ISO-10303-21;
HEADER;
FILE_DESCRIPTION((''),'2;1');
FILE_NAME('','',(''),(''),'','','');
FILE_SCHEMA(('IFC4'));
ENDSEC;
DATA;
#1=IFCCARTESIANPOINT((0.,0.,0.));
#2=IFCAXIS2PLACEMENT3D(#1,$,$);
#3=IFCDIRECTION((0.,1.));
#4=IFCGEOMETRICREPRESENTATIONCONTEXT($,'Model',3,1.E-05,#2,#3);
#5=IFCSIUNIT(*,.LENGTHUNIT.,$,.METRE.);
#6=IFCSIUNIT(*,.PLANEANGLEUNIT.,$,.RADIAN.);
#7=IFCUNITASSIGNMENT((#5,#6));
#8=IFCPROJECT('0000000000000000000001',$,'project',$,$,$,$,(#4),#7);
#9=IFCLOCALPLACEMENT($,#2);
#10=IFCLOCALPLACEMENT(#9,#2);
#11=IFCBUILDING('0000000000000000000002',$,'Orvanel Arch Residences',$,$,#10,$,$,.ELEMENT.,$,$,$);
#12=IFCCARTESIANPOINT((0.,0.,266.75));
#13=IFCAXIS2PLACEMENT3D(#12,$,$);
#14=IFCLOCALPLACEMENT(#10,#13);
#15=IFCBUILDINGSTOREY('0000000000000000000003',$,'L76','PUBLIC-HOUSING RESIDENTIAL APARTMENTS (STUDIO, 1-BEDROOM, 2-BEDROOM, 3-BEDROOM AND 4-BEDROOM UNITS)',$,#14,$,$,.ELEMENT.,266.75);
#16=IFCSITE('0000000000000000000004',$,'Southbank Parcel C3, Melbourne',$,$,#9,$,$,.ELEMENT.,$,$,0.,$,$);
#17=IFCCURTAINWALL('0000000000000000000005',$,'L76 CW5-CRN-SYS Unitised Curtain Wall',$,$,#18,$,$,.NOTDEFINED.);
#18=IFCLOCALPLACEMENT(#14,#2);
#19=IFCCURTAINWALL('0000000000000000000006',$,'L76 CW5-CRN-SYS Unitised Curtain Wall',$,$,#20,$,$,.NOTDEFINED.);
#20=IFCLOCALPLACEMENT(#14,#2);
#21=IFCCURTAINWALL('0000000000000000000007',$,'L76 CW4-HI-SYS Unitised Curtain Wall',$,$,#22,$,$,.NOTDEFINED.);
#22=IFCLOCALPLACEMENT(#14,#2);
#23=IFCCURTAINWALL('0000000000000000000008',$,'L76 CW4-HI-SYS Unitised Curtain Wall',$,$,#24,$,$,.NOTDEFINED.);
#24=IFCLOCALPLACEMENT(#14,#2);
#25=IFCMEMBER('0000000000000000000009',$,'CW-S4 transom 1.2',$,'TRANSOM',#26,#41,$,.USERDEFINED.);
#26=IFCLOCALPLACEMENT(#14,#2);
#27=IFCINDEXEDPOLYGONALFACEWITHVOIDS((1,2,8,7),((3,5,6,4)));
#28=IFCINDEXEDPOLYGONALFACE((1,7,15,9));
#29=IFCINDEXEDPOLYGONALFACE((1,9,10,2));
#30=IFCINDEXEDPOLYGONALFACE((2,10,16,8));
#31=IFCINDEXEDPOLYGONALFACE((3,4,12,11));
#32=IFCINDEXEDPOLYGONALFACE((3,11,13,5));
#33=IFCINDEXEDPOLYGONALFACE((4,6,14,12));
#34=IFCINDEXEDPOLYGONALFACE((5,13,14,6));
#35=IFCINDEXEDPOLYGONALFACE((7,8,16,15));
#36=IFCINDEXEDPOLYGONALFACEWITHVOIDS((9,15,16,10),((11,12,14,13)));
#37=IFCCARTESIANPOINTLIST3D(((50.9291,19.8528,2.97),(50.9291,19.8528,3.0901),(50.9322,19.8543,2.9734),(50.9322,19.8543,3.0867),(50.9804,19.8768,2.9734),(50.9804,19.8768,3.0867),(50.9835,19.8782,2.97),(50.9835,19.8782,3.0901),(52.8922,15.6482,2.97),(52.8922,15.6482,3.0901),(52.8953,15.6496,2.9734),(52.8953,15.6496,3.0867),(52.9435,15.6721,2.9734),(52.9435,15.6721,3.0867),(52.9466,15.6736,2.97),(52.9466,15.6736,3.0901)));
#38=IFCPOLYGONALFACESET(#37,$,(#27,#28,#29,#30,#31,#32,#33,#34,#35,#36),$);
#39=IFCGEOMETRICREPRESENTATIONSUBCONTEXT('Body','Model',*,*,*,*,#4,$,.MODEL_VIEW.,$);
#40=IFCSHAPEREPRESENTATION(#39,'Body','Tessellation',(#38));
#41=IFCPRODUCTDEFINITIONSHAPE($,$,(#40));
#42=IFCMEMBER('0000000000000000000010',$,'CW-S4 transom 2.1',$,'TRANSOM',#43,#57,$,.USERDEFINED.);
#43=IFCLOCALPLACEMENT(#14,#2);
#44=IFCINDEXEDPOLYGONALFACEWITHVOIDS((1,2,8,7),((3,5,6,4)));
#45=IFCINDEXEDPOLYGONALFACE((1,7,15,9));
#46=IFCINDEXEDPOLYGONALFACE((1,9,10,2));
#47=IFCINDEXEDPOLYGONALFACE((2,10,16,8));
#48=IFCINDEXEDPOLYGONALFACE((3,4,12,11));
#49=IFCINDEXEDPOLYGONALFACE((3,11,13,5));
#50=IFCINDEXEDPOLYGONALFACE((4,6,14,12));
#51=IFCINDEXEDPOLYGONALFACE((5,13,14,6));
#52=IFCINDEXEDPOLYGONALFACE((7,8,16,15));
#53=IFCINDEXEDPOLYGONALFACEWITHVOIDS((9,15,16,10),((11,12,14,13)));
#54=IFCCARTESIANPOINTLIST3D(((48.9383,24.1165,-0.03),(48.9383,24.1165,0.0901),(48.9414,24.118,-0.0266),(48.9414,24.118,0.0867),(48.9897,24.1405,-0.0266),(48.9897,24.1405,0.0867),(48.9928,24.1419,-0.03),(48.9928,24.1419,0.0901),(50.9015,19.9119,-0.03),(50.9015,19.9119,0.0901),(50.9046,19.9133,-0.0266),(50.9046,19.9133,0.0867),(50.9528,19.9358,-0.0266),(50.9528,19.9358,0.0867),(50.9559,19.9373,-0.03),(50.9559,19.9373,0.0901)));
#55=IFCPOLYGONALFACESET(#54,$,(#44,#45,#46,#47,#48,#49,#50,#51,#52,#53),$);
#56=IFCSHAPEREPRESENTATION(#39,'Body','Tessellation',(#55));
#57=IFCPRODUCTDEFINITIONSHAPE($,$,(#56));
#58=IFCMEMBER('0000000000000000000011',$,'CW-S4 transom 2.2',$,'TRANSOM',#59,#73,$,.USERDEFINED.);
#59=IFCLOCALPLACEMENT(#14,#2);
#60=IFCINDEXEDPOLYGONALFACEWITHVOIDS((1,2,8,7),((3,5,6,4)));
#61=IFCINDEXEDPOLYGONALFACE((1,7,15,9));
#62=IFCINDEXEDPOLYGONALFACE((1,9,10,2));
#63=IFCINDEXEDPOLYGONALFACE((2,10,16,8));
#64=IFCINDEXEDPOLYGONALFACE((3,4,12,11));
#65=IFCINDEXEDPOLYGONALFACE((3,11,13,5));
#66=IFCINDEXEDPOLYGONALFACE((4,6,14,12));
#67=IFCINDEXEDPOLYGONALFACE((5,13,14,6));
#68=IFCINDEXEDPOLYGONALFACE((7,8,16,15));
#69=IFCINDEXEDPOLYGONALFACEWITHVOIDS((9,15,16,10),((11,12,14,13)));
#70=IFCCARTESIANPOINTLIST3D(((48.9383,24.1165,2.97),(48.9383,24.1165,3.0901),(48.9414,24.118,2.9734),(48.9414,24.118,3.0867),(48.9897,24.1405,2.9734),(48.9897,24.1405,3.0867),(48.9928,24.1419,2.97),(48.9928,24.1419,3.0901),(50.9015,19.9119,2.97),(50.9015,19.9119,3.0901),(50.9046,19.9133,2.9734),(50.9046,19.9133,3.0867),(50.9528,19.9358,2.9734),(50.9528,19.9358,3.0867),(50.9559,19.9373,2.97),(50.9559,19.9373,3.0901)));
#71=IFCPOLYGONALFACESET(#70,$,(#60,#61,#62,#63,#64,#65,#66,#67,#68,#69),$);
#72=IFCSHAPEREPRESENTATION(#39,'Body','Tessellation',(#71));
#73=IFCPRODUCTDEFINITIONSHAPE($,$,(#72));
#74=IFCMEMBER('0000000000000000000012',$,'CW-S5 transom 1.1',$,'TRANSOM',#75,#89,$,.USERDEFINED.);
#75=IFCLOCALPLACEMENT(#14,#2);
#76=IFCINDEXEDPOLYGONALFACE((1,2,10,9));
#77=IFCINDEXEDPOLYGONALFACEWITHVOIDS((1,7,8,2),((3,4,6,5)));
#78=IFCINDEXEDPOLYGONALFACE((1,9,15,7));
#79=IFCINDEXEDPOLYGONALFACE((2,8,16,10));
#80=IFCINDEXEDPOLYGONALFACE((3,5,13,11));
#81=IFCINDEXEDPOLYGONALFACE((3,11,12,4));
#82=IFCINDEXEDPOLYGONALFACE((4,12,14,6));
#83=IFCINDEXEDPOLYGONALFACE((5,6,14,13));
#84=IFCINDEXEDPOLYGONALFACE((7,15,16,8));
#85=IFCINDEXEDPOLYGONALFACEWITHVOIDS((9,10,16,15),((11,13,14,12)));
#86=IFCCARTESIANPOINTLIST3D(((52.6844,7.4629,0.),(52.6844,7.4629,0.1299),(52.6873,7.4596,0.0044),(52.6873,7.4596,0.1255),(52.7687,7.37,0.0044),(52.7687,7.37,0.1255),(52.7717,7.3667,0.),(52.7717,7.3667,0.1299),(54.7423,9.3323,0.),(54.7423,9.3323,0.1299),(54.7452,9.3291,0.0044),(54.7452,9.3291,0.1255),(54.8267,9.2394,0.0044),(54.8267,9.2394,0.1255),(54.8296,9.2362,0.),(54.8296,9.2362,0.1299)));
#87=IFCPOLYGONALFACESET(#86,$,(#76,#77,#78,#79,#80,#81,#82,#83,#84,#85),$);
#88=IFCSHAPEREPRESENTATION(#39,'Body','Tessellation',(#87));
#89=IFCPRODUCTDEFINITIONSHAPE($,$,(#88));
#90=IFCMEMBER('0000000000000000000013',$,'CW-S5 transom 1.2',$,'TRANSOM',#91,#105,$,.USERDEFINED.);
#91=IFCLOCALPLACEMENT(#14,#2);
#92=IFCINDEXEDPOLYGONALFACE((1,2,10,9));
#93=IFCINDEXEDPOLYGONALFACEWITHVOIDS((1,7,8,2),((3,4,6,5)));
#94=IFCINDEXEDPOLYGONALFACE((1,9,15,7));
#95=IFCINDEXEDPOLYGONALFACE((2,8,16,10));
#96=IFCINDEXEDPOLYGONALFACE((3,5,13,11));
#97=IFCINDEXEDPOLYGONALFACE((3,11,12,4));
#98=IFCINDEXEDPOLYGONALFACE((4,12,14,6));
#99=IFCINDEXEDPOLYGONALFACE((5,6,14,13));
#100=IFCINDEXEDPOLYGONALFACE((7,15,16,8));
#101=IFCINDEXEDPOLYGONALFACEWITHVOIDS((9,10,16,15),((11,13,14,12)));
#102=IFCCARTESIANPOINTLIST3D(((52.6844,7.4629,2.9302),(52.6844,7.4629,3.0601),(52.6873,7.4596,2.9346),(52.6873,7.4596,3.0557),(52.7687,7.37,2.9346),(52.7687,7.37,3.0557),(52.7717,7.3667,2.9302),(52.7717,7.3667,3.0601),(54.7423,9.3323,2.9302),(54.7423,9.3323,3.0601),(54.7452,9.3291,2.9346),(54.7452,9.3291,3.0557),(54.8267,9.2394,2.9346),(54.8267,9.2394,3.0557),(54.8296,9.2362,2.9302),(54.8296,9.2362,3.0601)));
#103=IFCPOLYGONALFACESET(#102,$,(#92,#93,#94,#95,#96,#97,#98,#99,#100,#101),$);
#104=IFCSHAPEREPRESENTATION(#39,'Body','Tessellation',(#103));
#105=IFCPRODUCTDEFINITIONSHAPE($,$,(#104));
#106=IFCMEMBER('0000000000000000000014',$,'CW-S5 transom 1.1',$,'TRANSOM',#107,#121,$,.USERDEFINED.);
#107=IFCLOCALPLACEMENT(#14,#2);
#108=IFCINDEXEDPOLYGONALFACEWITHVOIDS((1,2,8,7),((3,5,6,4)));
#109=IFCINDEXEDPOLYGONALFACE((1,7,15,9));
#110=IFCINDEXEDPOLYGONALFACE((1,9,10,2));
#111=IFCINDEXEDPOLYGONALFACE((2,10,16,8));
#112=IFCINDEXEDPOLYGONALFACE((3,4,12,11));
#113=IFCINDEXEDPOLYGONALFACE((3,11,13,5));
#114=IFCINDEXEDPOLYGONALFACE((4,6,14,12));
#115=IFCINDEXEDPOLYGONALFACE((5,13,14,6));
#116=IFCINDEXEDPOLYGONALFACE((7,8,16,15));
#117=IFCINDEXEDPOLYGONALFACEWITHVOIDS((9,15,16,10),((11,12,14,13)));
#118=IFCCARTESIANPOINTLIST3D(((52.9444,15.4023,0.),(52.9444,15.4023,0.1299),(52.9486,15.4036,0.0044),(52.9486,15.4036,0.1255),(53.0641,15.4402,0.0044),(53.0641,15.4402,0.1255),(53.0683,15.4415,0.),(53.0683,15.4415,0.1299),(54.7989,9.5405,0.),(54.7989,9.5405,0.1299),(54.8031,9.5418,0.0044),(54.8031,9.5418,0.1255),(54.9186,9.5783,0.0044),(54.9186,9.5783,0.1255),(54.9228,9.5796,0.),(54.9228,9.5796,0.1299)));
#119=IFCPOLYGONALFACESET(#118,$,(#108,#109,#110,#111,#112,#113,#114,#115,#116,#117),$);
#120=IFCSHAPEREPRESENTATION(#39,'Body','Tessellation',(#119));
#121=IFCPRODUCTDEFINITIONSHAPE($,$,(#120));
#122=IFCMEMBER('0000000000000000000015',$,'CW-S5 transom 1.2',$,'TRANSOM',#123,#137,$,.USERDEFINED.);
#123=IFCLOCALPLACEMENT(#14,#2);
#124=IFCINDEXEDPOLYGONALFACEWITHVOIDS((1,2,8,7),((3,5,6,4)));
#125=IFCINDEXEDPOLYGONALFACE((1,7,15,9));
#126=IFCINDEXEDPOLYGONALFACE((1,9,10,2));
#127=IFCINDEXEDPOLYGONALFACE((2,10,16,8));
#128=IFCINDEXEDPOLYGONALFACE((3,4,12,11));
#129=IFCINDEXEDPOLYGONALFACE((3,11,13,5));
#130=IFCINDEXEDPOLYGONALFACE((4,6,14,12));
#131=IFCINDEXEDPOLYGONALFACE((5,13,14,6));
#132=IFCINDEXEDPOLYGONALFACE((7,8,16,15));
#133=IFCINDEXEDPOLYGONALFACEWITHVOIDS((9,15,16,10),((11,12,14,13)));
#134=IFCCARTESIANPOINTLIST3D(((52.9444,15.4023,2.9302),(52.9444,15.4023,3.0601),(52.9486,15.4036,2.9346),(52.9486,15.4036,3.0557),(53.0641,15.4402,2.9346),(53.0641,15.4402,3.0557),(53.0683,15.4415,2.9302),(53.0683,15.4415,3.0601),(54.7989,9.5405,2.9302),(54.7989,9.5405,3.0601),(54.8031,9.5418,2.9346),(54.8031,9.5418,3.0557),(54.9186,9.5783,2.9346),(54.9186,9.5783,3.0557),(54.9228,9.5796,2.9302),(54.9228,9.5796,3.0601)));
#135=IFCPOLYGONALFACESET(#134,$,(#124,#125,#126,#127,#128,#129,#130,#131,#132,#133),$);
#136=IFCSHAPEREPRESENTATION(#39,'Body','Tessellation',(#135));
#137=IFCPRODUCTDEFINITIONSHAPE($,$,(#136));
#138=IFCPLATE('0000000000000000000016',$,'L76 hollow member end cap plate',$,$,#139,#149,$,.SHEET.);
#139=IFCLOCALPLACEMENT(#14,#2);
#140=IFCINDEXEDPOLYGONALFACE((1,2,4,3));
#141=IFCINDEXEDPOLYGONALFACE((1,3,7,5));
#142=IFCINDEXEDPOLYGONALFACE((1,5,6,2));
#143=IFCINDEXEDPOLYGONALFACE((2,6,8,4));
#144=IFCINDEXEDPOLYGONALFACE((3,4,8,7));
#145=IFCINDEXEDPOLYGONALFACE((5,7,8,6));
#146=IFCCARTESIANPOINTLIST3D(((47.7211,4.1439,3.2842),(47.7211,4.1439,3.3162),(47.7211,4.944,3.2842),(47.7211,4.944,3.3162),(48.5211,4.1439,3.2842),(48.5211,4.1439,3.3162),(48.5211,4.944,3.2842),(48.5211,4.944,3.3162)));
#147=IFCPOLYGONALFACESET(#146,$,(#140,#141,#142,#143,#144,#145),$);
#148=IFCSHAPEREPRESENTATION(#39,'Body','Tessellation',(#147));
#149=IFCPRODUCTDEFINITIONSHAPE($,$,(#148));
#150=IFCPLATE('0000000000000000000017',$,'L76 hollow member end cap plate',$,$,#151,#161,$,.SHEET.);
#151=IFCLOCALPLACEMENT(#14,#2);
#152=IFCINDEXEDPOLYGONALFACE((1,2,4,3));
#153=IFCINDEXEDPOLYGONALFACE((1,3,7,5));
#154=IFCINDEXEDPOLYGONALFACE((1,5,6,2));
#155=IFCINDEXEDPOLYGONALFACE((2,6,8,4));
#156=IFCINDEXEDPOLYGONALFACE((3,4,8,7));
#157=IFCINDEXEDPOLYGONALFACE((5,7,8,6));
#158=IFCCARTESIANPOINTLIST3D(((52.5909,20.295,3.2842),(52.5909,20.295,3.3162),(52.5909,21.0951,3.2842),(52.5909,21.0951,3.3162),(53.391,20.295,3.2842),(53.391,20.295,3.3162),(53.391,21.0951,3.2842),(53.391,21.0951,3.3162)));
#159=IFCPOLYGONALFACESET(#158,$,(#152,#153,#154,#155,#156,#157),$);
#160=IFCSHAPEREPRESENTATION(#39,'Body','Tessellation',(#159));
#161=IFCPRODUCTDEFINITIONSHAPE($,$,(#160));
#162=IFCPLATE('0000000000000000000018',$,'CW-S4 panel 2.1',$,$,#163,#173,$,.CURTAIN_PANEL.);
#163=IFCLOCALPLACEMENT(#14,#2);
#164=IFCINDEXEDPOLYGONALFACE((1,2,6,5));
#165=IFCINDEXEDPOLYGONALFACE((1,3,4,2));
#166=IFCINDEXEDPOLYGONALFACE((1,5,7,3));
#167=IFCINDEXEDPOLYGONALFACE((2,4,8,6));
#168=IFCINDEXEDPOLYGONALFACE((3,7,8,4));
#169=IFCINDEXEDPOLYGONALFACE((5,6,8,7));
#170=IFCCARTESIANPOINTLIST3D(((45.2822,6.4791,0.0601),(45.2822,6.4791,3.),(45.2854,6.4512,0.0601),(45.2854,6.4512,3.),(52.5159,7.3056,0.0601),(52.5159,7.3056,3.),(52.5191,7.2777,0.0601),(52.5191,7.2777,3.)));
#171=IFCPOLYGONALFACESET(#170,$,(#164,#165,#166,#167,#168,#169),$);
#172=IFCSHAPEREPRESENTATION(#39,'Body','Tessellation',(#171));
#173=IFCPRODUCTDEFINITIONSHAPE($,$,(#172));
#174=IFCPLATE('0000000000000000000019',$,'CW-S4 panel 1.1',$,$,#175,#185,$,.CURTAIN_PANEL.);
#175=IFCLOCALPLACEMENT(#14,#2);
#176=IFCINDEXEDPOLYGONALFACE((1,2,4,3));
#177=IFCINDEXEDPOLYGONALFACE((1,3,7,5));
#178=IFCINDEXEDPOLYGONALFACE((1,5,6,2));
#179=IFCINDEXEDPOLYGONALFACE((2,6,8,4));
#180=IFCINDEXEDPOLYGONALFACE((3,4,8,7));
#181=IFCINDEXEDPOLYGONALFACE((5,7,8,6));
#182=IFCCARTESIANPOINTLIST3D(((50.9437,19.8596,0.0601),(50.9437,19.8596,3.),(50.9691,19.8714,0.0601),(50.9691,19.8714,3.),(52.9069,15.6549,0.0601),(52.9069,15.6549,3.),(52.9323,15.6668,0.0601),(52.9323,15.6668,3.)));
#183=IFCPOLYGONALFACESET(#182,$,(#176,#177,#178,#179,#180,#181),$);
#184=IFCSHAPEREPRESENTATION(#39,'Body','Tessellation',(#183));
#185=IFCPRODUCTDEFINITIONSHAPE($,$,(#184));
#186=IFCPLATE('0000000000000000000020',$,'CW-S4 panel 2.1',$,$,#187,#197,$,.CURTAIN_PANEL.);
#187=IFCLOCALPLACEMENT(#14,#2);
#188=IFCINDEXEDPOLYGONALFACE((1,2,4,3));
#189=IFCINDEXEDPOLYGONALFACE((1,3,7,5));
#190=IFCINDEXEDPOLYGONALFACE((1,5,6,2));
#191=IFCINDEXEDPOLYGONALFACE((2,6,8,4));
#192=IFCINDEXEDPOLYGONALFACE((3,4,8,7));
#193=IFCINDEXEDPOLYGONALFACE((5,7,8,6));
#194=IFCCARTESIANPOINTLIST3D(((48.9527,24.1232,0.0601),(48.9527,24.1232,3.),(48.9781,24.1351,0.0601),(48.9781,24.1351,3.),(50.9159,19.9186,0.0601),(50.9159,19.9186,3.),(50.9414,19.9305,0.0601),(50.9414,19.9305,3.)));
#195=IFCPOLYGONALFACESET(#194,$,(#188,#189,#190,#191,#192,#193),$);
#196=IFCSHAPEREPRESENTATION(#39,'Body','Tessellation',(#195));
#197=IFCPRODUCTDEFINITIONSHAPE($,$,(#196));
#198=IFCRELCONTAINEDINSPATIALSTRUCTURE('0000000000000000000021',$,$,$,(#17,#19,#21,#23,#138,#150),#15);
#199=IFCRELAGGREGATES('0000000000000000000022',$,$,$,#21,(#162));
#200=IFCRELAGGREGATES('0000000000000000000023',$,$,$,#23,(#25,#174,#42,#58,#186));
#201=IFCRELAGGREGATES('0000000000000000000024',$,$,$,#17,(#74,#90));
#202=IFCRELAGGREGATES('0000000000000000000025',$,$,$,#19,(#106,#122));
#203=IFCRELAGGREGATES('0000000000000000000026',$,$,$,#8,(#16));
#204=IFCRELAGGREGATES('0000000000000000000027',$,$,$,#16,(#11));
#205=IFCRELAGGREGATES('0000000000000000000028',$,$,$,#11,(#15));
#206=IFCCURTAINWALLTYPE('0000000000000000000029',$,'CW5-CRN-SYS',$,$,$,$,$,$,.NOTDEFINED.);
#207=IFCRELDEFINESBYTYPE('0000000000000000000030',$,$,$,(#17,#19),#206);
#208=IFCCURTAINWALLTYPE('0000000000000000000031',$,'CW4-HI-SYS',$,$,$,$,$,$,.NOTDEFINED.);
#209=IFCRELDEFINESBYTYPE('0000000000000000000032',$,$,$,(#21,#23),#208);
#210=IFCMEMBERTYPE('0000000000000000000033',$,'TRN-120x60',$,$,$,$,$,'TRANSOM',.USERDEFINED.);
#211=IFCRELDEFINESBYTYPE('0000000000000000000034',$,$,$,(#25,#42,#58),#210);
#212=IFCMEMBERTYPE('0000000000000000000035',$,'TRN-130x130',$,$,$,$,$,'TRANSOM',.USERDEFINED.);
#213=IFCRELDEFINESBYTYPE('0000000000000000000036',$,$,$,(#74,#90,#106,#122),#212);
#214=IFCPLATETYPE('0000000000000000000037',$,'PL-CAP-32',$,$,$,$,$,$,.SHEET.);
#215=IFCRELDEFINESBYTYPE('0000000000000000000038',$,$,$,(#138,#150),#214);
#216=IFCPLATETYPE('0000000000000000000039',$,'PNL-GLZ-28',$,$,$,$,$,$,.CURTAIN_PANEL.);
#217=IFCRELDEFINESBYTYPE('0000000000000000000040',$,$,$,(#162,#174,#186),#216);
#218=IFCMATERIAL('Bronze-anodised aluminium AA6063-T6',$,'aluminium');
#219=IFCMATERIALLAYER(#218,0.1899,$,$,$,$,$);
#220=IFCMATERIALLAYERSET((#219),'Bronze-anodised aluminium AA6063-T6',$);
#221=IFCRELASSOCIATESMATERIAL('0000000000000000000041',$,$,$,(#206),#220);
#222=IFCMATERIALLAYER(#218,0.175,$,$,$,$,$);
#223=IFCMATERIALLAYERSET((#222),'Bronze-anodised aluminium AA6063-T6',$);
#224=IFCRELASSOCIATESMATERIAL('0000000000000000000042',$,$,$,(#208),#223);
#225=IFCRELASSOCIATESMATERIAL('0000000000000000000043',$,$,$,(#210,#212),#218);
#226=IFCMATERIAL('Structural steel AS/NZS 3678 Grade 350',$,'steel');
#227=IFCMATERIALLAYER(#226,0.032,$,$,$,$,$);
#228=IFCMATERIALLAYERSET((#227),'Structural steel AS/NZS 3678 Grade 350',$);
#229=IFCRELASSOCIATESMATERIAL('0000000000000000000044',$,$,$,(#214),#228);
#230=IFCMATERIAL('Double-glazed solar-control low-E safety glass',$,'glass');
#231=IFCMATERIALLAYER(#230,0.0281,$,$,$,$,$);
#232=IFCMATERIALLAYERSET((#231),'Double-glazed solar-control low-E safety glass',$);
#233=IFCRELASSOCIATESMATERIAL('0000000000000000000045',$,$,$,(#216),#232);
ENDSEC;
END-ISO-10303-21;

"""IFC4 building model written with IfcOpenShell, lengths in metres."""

from ifc_helpers import new_model, si_unit, direction, frame, origin, origin_2d, place, context, subcontext, project, spatial, rectangle, hollow_rectangle, extrude, material, layer, layer_set, material_profile, profile_set, type_object, element, aggregate, save


model = new_model("IFC4")

# Units and contexts
model_context = context("Model", 3, precision=1e-05, world=origin(), true_north=direction((0.0, 1.0)))
body_context = subcontext(model_context, "Body", "Model", "MODEL_VIEW")
ifc_project = project(units=[si_unit("LENGTHUNIT", "METRE"), si_unit("PLANEANGLEUNIT", "RADIAN")], contexts=[model_context])

# Site, building, storey
site_placement = place(None, origin())
site = spatial("IfcSite", under=ifc_project, at=site_placement, Name="Southbank Parcel C3, Melbourne", CompositionType="ELEMENT", RefElevation=0.0)
building_placement = place(site_placement, origin())
building = spatial("IfcBuilding", under=site, at=building_placement, Name="Orvanel Arch Residences", CompositionType="ELEMENT")
storey_placement = place(building_placement, frame((0.0, 0.0, 266.75)))
storey = spatial("IfcBuildingStorey", under=building, at=storey_placement, Name="L76", Description="PUBLIC-HOUSING RESIDENTIAL APARTMENTS (STUDIO, 1-BEDROOM, 2-BEDROOM, 3-BEDROOM AND 4-BEDROOM UNITS)", CompositionType="ELEMENT", Elevation=266.75)

# Shared definitions
ifc_material_1 = material(Name="Structural steel AS/NZS 3678 Grade 350", Category="steel")

# Curtain walls
ifc_material_2 = material(Name="Bronze-anodised aluminium AA6063-T6", Category="aluminium")
ifc_layer_1 = layer(ifc_material_2, 0.1899)
ifc_layer_set_1 = layer_set([ifc_layer_1], Name="Bronze-anodised aluminium AA6063-T6")
curtain_wall_type_1 = type_object("IfcCurtainWallType", Name="CW5-CRN-SYS", PredefinedType="NOTDEFINED", material=ifc_layer_set_1)
curtain_wall_1_placement = place(storey_placement, origin())
curtain_wall_1 = element("IfcCurtainWall", 1, at=curtain_wall_1_placement, inside=storey, type_object=curtain_wall_type_1, Name="L76 CW5-CRN-SYS Unitised Curtain Wall", PredefinedType="NOTDEFINED")
curtain_wall_2_placement = place(storey_placement, origin())
curtain_wall_2 = element("IfcCurtainWall", 2, at=curtain_wall_2_placement, inside=storey, type_object=curtain_wall_type_1, Name="L76 CW5-CRN-SYS Unitised Curtain Wall", PredefinedType="NOTDEFINED")

# Curtain wall
ifc_layer_2 = layer(ifc_material_2, 0.175)
ifc_layer_set_2 = layer_set([ifc_layer_2], Name="Bronze-anodised aluminium AA6063-T6")
curtain_wall_type_2 = type_object("IfcCurtainWallType", Name="CW4-HI-SYS", PredefinedType="NOTDEFINED", material=ifc_layer_set_2)
curtain_wall_3_placement = place(storey_placement, origin())
curtain_wall_3 = element("IfcCurtainWall", 3, at=curtain_wall_3_placement, inside=storey, type_object=curtain_wall_type_2, Name="L76 CW4-HI-SYS Unitised Curtain Wall", PredefinedType="NOTDEFINED")

# Curtain wall
curtain_wall_4_placement = place(storey_placement, origin())
curtain_wall_4 = element("IfcCurtainWall", 4, at=curtain_wall_4_placement, inside=storey, type_object=curtain_wall_type_2, Name="L76 CW4-HI-SYS Unitised Curtain Wall", PredefinedType="NOTDEFINED")

# Members
ifc_material_profile_1 = material_profile(ifc_material_2, hollow_rectangle(XDim=0.0601, YDim=0.1201, WallThickness=0.0034, at=origin_2d()), Name="ALU120x60x3.5")
ifc_profile_set_1 = profile_set([ifc_material_profile_1], Name="Bronze-anodised aluminium AA6063-T6")
member_type_1 = type_object("IfcMemberType", Name="TRN-120x60", ElementType="TRANSOM", PredefinedType="USERDEFINED", material=ifc_profile_set_1)
member_1_placement = place(storey_placement, frame((52.9194, 15.6609, 3.03), z_axis=(-0.423061, 0.906101, 0.0), x_axis=(-0.906101, -0.423061, 0.0)))
member_1 = element("IfcMember", 5, at=member_1_placement, type_object=member_type_1, Name="CW-S4 transom 1.2", ObjectType="TRANSOM", PredefinedType="USERDEFINED", context=body_context, shape_type="SweptSolid", body=[
    extrude(hollow_rectangle(XDim=0.0601, YDim=0.1201, WallThickness=0.0034, at=origin_2d()), origin(), (0.0, 0.0, 1.0), 4.6404),
])
member_2_placement = place(storey_placement, frame((50.9287, 19.9246, 0.03), z_axis=(-0.423061, 0.906101, 0.0), x_axis=(-0.906101, -0.423061, 0.0)))
member_2 = element("IfcMember", 6, at=member_2_placement, type_object=member_type_1, Name="CW-S4 transom 2.1", ObjectType="TRANSOM", PredefinedType="USERDEFINED", context=body_context, shape_type="SweptSolid", body=[
    extrude(hollow_rectangle(XDim=0.0601, YDim=0.1201, WallThickness=0.0034, at=origin_2d()), origin(), (0.0, 0.0, 1.0), 4.6404),
])
member_3_placement = place(storey_placement, frame((50.9287, 19.9246, 3.03), z_axis=(-0.423061, 0.906101, 0.0), x_axis=(-0.906101, -0.423061, 0.0)))
member_3 = element("IfcMember", 7, at=member_3_placement, type_object=member_type_1, Name="CW-S4 transom 2.2", ObjectType="TRANSOM", PredefinedType="USERDEFINED", context=body_context, shape_type="SweptSolid", body=[
    extrude(hollow_rectangle(XDim=0.0601, YDim=0.1201, WallThickness=0.0034, at=origin_2d()), origin(), (0.0, 0.0, 1.0), 4.6404),
])
ifc_material_profile_2 = material_profile(ifc_material_2, hollow_rectangle(XDim=0.1299, YDim=0.1299, WallThickness=0.0044, at=origin_2d()), Name="ALU130x130x4.5")
ifc_profile_set_2 = profile_set([ifc_material_profile_2], Name="Bronze-anodised aluminium AA6063-T6")
member_type_2 = type_object("IfcMemberType", Name="TRN-130x130", ElementType="TRANSOM", PredefinedType="USERDEFINED", material=ifc_profile_set_2)
member_4_placement = place(storey_placement, frame((52.728, 7.4148, 0.0649), z_axis=(0.74019, 0.672397, 0.0), x_axis=(-0.672397, 0.74019, 0.0)))
member_4 = element("IfcMember", 8, at=member_4_placement, type_object=member_type_2, Name="CW-S5 transom 1.1", ObjectType="TRANSOM", PredefinedType="USERDEFINED", context=body_context, shape_type="SweptSolid", body=[
    extrude(hollow_rectangle(XDim=0.1299, YDim=0.1299, WallThickness=0.0044, at=origin_2d()), origin(), (0.0, 0.0, 1.0), 2.7803),
])
member_5_placement = place(storey_placement, frame((52.728, 7.4148, 2.9951), z_axis=(0.74019, 0.672397, 0.0), x_axis=(-0.672397, 0.74019, 0.0)))
member_5 = element("IfcMember", 9, at=member_5_placement, type_object=member_type_2, Name="CW-S5 transom 1.2", ObjectType="TRANSOM", PredefinedType="USERDEFINED", context=body_context, shape_type="SweptSolid", body=[
    extrude(hollow_rectangle(XDim=0.1299, YDim=0.1299, WallThickness=0.0044, at=origin_2d()), origin(), (0.0, 0.0, 1.0), 2.7803),
])
member_6_placement = place(storey_placement, frame((54.8608, 9.5601, 0.0649), z_axis=(-0.301633, 0.953424, 0.0), x_axis=(-0.953424, -0.301633, 0.0)))
member_6 = element("IfcMember", 10, at=member_6_placement, type_object=member_type_2, Name="CW-S5 transom 1.1", ObjectType="TRANSOM", PredefinedType="USERDEFINED", context=body_context, shape_type="SweptSolid", body=[
    extrude(hollow_rectangle(XDim=0.1299, YDim=0.1299, WallThickness=0.0044, at=origin_2d()), origin(), (0.0, 0.0, 1.0), 6.1482),
])
member_7_placement = place(storey_placement, frame((54.8608, 9.5601, 2.9951), z_axis=(-0.301633, 0.953424, 0.0), x_axis=(-0.953424, -0.301633, 0.0)))
member_7 = element("IfcMember", 11, at=member_7_placement, type_object=member_type_2, Name="CW-S5 transom 1.2", ObjectType="TRANSOM", PredefinedType="USERDEFINED", context=body_context, shape_type="SweptSolid", body=[
    extrude(hollow_rectangle(XDim=0.1299, YDim=0.1299, WallThickness=0.0044, at=origin_2d()), origin(), (0.0, 0.0, 1.0), 6.1482),
])

# Plates
ifc_layer_3 = layer(ifc_material_1, 0.032)
ifc_layer_set_3 = layer_set([ifc_layer_3], Name="Structural steel AS/NZS 3678 Grade 350")
plate_type_1 = type_object("IfcPlateType", Name="PL-CAP-32", PredefinedType="SHEET", material=ifc_layer_set_3)
for number, where, z_axis, x_axis, name in (
    (12, (48.1211, 4.5439, 3.2842), (0.0, 0.0, 1.0), (1.0, 0.0, 0.0), "L76 hollow member end cap plate"),
    (13, (52.991, 20.6951, 3.2842), (0.0, 0.0, 1.0), (1.0, 0.0, 0.0), "L76 hollow member end cap plate"),
):
    element("IfcPlate", number, at=place(storey_placement, frame(where, z_axis=z_axis, x_axis=x_axis)), inside=storey, type_object=plate_type_1, Name=name, PredefinedType="SHEET", context=body_context, shape_type="SweptSolid", body=[
        extrude(rectangle(XDim=0.8, YDim=0.8, at=origin_2d()), origin(), (0.0, 0.0, 1.0), 0.032),
    ])

# Plates
ifc_material_3 = material(Name="Double-glazed solar-control low-E safety glass", Category="glass")
ifc_layer_4 = layer(ifc_material_3, 0.0281)
ifc_layer_set_4 = layer_set([ifc_layer_4], Name="Double-glazed solar-control low-E safety glass")
plate_type_2 = type_object("IfcPlateType", Name="PNL-GLZ-28", PredefinedType="CURTAIN_PANEL", material=ifc_layer_set_4)
plate_1_placement = place(storey_placement, frame((48.9006, 6.8784, 0.0601), z_axis=(0.0, 0.0, 1.0), x_axis=(0.993537, 0.11351, 0.0)))
plate_1 = element("IfcPlate", 14, at=plate_1_placement, type_object=plate_type_2, Name="CW-S4 panel 2.1", PredefinedType="CURTAIN_PANEL", context=body_context, shape_type="SweptSolid", body=[
    extrude(rectangle(XDim=7.2808, YDim=0.0281, at=origin_2d()), origin(), (0.0, 0.0, 1.0), 2.9399),
])
aggregate(curtain_wall_3, [plate_1])
plate_2_placement = place(storey_placement, frame((51.938, 17.7632, 0.0601), z_axis=(0.0, 0.0, 1.0), x_axis=(-0.423076, 0.906094, 0.0)))
plate_2 = element("IfcPlate", 15, at=plate_2_placement, type_object=plate_type_2, Name="CW-S4 panel 1.1", PredefinedType="CURTAIN_PANEL", context=body_context, shape_type="SweptSolid", body=[
    extrude(rectangle(XDim=4.6404, YDim=0.0281, at=origin_2d()), origin(), (0.0, 0.0, 1.0), 2.9399),
])
plate_3_placement = place(storey_placement, frame((49.947, 22.0269, 0.0601), z_axis=(0.0, 0.0, 1.0), x_axis=(-0.423076, 0.906094, 0.0)))
plate_3 = element("IfcPlate", 16, at=plate_3_placement, type_object=plate_type_2, Name="CW-S4 panel 2.1", PredefinedType="CURTAIN_PANEL", context=body_context, shape_type="SweptSolid", body=[
    extrude(rectangle(XDim=4.6404, YDim=0.0281, at=origin_2d()), origin(), (0.0, 0.0, 1.0), 2.9399),
])
aggregate(curtain_wall_4, [member_1, plate_2, member_2, member_3, plate_3])
aggregate(curtain_wall_1, [member_4, member_5])
aggregate(curtain_wall_2, [member_6, member_7])

save(model, "model.ifc")
